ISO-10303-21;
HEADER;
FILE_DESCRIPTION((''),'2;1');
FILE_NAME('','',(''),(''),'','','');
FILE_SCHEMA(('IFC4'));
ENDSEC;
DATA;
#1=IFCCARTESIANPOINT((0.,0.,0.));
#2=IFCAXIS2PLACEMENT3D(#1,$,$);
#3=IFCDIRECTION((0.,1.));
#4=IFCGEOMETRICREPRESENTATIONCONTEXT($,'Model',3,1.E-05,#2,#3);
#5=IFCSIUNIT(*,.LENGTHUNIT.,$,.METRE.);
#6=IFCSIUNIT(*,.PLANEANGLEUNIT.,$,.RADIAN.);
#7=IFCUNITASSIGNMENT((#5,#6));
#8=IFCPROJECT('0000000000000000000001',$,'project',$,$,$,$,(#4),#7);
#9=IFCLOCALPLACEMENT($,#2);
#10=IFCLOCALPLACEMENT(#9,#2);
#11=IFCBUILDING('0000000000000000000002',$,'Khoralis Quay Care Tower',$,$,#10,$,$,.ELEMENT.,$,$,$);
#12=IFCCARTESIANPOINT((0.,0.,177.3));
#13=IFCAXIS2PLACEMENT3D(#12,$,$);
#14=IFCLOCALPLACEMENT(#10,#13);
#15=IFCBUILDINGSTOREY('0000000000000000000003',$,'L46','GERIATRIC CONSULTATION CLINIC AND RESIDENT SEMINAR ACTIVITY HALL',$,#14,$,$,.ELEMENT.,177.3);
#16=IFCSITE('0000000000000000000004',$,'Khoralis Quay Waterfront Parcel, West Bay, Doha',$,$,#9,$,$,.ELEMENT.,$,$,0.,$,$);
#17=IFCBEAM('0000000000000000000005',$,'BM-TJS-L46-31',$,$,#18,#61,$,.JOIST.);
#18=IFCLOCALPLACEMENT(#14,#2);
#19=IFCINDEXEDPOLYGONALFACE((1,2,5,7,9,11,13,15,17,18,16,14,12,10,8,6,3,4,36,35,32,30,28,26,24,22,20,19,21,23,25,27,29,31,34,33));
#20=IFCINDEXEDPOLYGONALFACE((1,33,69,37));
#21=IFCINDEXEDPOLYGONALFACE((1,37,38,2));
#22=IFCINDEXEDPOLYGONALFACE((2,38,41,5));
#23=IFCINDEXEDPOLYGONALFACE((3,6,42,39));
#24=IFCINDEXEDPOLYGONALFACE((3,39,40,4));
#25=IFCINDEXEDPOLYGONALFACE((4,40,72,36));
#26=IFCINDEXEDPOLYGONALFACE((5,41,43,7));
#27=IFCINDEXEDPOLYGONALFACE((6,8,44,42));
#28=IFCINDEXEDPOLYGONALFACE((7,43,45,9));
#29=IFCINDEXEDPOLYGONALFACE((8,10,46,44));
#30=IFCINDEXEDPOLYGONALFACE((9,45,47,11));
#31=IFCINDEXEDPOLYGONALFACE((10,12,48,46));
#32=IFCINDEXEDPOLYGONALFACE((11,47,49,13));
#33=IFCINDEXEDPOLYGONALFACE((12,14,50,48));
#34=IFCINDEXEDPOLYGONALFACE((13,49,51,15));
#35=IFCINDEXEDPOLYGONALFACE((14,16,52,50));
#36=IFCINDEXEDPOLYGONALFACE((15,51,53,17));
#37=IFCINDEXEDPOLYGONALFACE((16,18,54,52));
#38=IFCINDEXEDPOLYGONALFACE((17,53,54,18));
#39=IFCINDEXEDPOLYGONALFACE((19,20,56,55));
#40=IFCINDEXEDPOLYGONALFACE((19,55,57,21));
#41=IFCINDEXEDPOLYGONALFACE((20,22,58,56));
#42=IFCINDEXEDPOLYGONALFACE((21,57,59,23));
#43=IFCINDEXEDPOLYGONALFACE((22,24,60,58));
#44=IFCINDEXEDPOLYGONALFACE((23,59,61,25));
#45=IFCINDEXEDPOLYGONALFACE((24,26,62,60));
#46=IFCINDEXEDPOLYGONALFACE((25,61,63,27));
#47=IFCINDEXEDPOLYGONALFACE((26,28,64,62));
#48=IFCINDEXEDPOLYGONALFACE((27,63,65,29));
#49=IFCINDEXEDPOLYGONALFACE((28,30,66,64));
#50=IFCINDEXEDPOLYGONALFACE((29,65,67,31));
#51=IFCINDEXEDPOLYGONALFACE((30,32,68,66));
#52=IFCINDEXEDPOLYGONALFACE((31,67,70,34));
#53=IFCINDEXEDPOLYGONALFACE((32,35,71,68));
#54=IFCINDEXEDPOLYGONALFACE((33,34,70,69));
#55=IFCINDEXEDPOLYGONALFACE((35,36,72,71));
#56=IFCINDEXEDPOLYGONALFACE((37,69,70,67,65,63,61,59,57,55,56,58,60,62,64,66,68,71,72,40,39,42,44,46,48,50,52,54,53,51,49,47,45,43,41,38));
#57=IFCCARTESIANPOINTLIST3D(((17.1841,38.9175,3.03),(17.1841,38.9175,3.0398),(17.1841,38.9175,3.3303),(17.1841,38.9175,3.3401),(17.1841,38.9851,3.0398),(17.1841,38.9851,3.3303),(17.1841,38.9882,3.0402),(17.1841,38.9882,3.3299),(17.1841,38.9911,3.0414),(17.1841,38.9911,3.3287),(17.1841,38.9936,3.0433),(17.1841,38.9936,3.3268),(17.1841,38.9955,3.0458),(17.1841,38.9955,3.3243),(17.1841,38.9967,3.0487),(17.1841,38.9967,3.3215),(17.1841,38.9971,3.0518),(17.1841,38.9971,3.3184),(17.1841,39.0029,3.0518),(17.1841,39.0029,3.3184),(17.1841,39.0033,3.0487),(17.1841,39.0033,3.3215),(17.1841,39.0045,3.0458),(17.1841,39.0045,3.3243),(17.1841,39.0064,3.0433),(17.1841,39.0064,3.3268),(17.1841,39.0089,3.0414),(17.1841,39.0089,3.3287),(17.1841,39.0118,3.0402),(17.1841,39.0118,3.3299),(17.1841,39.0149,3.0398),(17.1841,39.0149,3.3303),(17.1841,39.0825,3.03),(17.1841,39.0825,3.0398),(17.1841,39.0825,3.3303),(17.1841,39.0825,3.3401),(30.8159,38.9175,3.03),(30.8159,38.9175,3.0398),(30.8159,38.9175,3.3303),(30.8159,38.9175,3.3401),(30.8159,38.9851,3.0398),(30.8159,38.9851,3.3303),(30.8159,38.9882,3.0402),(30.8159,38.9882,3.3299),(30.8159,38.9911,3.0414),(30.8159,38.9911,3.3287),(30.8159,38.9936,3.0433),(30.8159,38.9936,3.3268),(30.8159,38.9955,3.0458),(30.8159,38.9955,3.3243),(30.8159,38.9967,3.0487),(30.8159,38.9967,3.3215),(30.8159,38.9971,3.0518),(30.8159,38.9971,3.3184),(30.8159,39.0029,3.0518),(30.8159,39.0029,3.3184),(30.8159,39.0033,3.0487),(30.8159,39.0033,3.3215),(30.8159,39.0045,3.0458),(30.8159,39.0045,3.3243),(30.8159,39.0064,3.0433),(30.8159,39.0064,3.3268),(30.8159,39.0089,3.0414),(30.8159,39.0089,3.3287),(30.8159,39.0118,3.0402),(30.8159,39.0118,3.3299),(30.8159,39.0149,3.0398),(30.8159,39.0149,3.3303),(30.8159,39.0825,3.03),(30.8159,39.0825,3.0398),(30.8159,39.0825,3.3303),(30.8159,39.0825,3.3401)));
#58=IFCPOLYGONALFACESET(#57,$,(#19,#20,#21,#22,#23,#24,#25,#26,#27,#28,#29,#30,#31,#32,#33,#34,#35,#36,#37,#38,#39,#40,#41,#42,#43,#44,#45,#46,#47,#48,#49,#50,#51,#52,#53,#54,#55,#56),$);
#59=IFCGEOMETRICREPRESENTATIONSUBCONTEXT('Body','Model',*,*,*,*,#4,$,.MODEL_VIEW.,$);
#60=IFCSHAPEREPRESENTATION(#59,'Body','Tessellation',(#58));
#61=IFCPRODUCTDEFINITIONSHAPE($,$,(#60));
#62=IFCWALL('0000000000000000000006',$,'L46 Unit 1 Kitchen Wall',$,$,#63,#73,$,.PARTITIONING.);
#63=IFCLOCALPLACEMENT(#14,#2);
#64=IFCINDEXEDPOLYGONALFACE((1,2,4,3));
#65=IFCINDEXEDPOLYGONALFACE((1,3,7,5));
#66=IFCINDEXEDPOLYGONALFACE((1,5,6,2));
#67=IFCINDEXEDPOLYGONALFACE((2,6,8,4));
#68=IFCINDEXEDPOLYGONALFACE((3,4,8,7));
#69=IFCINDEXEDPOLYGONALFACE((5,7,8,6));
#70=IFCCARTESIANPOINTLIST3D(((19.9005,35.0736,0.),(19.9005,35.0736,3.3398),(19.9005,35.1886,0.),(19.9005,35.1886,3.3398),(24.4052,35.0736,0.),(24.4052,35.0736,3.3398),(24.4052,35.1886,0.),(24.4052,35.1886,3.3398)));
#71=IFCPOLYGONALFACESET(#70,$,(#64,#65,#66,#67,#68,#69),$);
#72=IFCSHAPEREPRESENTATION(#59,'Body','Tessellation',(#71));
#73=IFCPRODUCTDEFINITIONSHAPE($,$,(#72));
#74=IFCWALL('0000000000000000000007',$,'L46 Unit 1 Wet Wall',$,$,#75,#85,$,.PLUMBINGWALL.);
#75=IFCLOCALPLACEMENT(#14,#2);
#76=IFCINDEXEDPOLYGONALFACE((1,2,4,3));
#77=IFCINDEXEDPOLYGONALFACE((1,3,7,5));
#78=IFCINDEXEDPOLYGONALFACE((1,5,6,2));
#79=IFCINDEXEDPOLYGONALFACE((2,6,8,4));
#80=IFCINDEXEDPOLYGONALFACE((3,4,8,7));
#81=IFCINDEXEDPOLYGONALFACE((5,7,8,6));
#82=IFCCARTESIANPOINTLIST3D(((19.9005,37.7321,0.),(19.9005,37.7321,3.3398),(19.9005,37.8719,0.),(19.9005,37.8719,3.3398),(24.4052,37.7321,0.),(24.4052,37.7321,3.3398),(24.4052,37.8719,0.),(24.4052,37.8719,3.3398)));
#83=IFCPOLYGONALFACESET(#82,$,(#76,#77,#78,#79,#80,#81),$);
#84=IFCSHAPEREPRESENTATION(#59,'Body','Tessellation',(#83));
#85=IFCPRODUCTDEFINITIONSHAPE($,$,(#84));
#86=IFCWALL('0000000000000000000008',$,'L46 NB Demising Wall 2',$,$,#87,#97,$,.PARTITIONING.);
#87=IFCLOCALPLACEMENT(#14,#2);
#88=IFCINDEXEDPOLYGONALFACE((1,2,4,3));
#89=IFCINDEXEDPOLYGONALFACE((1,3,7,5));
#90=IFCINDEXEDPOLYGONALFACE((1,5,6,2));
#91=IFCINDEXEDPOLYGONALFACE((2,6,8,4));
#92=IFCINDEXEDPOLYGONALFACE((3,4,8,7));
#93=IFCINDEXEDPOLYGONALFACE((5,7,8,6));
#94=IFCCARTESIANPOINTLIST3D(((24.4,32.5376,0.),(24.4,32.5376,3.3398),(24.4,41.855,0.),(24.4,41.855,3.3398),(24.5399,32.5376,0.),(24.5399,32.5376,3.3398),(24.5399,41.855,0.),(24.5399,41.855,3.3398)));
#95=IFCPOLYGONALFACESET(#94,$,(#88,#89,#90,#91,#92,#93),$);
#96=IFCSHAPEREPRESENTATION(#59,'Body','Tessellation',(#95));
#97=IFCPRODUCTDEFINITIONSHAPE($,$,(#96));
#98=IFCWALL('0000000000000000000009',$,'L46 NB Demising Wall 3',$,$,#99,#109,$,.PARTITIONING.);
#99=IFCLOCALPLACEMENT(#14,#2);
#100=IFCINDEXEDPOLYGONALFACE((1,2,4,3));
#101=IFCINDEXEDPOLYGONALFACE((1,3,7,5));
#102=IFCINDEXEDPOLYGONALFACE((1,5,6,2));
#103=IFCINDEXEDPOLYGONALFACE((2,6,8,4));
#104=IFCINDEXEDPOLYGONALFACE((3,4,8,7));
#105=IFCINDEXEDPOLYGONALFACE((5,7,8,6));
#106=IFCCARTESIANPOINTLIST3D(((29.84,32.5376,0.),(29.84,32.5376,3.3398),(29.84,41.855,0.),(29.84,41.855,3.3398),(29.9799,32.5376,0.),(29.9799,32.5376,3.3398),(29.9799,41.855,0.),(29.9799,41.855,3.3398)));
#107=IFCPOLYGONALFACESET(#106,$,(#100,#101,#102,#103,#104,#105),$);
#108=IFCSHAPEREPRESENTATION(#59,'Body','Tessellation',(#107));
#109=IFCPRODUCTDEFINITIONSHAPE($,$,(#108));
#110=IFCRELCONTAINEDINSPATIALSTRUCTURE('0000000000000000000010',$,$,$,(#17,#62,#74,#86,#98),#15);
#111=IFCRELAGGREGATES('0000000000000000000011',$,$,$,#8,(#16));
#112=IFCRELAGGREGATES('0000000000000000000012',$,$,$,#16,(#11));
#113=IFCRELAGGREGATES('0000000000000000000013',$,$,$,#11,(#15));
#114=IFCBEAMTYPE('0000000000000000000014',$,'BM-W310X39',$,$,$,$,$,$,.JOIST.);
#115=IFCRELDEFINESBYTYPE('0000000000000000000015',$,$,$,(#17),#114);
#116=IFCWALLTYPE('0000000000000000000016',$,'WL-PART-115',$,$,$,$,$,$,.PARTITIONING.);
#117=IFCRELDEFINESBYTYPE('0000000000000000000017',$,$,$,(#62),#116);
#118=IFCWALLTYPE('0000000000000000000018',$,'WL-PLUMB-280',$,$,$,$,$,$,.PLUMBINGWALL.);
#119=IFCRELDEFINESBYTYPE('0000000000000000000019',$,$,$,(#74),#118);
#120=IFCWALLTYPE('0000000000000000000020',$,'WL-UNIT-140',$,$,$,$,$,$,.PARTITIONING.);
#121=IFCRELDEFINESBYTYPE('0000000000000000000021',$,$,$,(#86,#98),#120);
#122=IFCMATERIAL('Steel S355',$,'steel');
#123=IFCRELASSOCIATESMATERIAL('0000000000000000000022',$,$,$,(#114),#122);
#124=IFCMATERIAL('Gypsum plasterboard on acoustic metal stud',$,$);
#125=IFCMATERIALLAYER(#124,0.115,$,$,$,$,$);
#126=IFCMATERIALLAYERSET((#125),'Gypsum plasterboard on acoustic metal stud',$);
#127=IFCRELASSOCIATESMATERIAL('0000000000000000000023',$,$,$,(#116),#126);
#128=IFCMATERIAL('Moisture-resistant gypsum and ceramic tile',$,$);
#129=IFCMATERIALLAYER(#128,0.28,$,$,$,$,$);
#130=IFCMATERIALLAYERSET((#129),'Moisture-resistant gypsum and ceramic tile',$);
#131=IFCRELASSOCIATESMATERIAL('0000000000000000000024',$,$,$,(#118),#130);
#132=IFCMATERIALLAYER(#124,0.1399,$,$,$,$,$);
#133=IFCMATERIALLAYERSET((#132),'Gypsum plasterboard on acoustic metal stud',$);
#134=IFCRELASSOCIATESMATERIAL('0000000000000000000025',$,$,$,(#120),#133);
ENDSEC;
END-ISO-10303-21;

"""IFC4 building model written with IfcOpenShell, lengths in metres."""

from ifc_helpers import new_model, si_unit, direction, frame, frame_2d, origin, origin_2d, place, context, subcontext, project, spatial, rectangle, i_section, extrude, source, transform, mapped, material, layer, layer_set, material_profile, profile_set, type_object, element, save


model = new_model("IFC4")

# Units and contexts
model_context = context("Model", 3, precision=1e-05, world=origin(), true_north=direction((0.0, 1.0)))
body_context = subcontext(model_context, "Body", "Model", "MODEL_VIEW")
ifc_project = project(units=[si_unit("LENGTHUNIT", "METRE"), si_unit("PLANEANGLEUNIT", "RADIAN")], contexts=[model_context])

# Site, building, storey
site_placement = place(None, origin())
site = spatial("IfcSite", under=ifc_project, at=site_placement, Name="Khoralis Quay Waterfront Parcel, West Bay, Doha", CompositionType="ELEMENT", RefElevation=0.0)
building_placement = place(site_placement, origin())
building = spatial("IfcBuilding", under=site, at=building_placement, Name="Khoralis Quay Care Tower", CompositionType="ELEMENT")
storey_placement = place(building_placement, frame((0.0, 0.0, 177.3)))
storey = spatial("IfcBuildingStorey", under=building, at=storey_placement, Name="L46", Description="GERIATRIC CONSULTATION CLINIC AND RESIDENT SEMINAR ACTIVITY HALL", CompositionType="ELEMENT", Elevation=177.3)

# Beam
ifc_material_1 = material(Name="Steel S355", Category="steel")
ifc_material_profile_1 = material_profile(ifc_material_1, i_section(OverallWidth=0.165, OverallDepth=0.3101, WebThickness=0.0059, FlangeThickness=0.0098, FilletRadius=0.012, at=origin_2d()), Name="Steel S355")
ifc_profile_set_1 = profile_set([ifc_material_profile_1], Name="Steel S355")
beam_type_1 = type_object("IfcBeamType", Name="BM-W310X39", PredefinedType="JOIST", material=ifc_profile_set_1)
shared_shape_1 = source(origin(), body_context, "Body", "SweptSolid", [
    extrude(i_section(OverallWidth=0.165, OverallDepth=0.3101, WebThickness=0.0059, FlangeThickness=0.0098, FilletRadius=0.012, at=origin_2d()), origin(), (0.0, 0.0, 1.0), 13.6318),
])
for number, where, z_axis, x_axis, name in (
    (1, (17.1841, 39.0, 3.1851), (1.0, 0.0, 0.0), (0.0, 1.0, 0.0), "BM-TJS-L46-31"),
):
    element("IfcBeam", number, at=place(storey_placement, frame(where, z_axis=z_axis, x_axis=x_axis)), inside=storey, type_object=beam_type_1, Name=name, PredefinedType="JOIST", context=body_context, shape_type="MappedRepresentation", body=[
        mapped(shared_shape_1, transform((0.0, 0.0, 0.0), scale=1.0)),
    ])

# Walls
ifc_material_2 = material(Name="Gypsum plasterboard on acoustic metal stud")
ifc_layer_1 = layer(ifc_material_2, 0.115)
ifc_layer_set_1 = layer_set([ifc_layer_1], Name="Gypsum plasterboard on acoustic metal stud")
wall_type_1 = type_object("IfcWallType", Name="WL-PART-115", PredefinedType="PARTITIONING", material=ifc_layer_set_1)
wall_1_placement = place(storey_placement, frame((19.9004, 35.1311, 0.0), z_axis=(0.0, 0.0, 1.0), x_axis=(1.0, 0.0, 0.0)))
element("IfcWall", 2, at=wall_1_placement, inside=storey, type_object=wall_type_1, Name="L46 Unit 1 Kitchen Wall", PredefinedType="PARTITIONING", context=body_context, shape_type="SweptSolid", body=[
    extrude(rectangle(XDim=4.5046, YDim=0.115, at=frame_2d((2.2524, 0.0))), origin(), (0.0, 0.0, 1.0), 3.3398),
])
ifc_material_3 = material(Name="Moisture-resistant gypsum and ceramic tile")
ifc_layer_2 = layer(ifc_material_3, 0.28)
ifc_layer_set_2 = layer_set([ifc_layer_2], Name="Moisture-resistant gypsum and ceramic tile")
wall_type_2 = type_object("IfcWallType", Name="WL-PLUMB-280", PredefinedType="PLUMBINGWALL", material=ifc_layer_set_2)
wall_2_placement = place(storey_placement, frame((19.9004, 37.802, 0.0), z_axis=(0.0, 0.0, 1.0), x_axis=(1.0, 0.0, 0.0)))
element("IfcWall", 3, at=wall_2_placement, inside=storey, type_object=wall_type_2, Name="L46 Unit 1 Wet Wall", PredefinedType="PLUMBINGWALL", context=body_context, shape_type="SweptSolid", body=[
    extrude(rectangle(XDim=4.5046, YDim=0.1399, at=frame_2d((2.2524, 0.0))), origin(), (0.0, 0.0, 1.0), 3.3398),
])
ifc_layer_3 = layer(ifc_material_2, 0.1399)
ifc_layer_set_3 = layer_set([ifc_layer_3], Name="Gypsum plasterboard on acoustic metal stud")
wall_type_3 = type_object("IfcWallType", Name="WL-UNIT-140", PredefinedType="PARTITIONING", material=ifc_layer_set_3)
for number, where, z_axis, x_axis, name in (
    (4, (24.47, 32.5376, 0.0), (0.0, 0.0, 1.0), (0.0, 1.0, 0.0), "L46 NB Demising Wall 2"),
    (5, (29.9099, 32.5376, 0.0), (0.0, 0.0, 1.0), (0.0, 1.0, 0.0), "L46 NB Demising Wall 3"),
):
    element("IfcWall", number, at=place(storey_placement, frame(where, z_axis=z_axis, x_axis=x_axis)), inside=storey, type_object=wall_type_3, Name=name, PredefinedType="PARTITIONING", context=body_context, shape_type="SweptSolid", body=[
        extrude(rectangle(XDim=9.3174, YDim=0.1399, at=frame_2d((4.6587, 0.0))), origin(), (0.0, 0.0, 1.0), 3.3398),
    ])

save(model, "model.ifc")
